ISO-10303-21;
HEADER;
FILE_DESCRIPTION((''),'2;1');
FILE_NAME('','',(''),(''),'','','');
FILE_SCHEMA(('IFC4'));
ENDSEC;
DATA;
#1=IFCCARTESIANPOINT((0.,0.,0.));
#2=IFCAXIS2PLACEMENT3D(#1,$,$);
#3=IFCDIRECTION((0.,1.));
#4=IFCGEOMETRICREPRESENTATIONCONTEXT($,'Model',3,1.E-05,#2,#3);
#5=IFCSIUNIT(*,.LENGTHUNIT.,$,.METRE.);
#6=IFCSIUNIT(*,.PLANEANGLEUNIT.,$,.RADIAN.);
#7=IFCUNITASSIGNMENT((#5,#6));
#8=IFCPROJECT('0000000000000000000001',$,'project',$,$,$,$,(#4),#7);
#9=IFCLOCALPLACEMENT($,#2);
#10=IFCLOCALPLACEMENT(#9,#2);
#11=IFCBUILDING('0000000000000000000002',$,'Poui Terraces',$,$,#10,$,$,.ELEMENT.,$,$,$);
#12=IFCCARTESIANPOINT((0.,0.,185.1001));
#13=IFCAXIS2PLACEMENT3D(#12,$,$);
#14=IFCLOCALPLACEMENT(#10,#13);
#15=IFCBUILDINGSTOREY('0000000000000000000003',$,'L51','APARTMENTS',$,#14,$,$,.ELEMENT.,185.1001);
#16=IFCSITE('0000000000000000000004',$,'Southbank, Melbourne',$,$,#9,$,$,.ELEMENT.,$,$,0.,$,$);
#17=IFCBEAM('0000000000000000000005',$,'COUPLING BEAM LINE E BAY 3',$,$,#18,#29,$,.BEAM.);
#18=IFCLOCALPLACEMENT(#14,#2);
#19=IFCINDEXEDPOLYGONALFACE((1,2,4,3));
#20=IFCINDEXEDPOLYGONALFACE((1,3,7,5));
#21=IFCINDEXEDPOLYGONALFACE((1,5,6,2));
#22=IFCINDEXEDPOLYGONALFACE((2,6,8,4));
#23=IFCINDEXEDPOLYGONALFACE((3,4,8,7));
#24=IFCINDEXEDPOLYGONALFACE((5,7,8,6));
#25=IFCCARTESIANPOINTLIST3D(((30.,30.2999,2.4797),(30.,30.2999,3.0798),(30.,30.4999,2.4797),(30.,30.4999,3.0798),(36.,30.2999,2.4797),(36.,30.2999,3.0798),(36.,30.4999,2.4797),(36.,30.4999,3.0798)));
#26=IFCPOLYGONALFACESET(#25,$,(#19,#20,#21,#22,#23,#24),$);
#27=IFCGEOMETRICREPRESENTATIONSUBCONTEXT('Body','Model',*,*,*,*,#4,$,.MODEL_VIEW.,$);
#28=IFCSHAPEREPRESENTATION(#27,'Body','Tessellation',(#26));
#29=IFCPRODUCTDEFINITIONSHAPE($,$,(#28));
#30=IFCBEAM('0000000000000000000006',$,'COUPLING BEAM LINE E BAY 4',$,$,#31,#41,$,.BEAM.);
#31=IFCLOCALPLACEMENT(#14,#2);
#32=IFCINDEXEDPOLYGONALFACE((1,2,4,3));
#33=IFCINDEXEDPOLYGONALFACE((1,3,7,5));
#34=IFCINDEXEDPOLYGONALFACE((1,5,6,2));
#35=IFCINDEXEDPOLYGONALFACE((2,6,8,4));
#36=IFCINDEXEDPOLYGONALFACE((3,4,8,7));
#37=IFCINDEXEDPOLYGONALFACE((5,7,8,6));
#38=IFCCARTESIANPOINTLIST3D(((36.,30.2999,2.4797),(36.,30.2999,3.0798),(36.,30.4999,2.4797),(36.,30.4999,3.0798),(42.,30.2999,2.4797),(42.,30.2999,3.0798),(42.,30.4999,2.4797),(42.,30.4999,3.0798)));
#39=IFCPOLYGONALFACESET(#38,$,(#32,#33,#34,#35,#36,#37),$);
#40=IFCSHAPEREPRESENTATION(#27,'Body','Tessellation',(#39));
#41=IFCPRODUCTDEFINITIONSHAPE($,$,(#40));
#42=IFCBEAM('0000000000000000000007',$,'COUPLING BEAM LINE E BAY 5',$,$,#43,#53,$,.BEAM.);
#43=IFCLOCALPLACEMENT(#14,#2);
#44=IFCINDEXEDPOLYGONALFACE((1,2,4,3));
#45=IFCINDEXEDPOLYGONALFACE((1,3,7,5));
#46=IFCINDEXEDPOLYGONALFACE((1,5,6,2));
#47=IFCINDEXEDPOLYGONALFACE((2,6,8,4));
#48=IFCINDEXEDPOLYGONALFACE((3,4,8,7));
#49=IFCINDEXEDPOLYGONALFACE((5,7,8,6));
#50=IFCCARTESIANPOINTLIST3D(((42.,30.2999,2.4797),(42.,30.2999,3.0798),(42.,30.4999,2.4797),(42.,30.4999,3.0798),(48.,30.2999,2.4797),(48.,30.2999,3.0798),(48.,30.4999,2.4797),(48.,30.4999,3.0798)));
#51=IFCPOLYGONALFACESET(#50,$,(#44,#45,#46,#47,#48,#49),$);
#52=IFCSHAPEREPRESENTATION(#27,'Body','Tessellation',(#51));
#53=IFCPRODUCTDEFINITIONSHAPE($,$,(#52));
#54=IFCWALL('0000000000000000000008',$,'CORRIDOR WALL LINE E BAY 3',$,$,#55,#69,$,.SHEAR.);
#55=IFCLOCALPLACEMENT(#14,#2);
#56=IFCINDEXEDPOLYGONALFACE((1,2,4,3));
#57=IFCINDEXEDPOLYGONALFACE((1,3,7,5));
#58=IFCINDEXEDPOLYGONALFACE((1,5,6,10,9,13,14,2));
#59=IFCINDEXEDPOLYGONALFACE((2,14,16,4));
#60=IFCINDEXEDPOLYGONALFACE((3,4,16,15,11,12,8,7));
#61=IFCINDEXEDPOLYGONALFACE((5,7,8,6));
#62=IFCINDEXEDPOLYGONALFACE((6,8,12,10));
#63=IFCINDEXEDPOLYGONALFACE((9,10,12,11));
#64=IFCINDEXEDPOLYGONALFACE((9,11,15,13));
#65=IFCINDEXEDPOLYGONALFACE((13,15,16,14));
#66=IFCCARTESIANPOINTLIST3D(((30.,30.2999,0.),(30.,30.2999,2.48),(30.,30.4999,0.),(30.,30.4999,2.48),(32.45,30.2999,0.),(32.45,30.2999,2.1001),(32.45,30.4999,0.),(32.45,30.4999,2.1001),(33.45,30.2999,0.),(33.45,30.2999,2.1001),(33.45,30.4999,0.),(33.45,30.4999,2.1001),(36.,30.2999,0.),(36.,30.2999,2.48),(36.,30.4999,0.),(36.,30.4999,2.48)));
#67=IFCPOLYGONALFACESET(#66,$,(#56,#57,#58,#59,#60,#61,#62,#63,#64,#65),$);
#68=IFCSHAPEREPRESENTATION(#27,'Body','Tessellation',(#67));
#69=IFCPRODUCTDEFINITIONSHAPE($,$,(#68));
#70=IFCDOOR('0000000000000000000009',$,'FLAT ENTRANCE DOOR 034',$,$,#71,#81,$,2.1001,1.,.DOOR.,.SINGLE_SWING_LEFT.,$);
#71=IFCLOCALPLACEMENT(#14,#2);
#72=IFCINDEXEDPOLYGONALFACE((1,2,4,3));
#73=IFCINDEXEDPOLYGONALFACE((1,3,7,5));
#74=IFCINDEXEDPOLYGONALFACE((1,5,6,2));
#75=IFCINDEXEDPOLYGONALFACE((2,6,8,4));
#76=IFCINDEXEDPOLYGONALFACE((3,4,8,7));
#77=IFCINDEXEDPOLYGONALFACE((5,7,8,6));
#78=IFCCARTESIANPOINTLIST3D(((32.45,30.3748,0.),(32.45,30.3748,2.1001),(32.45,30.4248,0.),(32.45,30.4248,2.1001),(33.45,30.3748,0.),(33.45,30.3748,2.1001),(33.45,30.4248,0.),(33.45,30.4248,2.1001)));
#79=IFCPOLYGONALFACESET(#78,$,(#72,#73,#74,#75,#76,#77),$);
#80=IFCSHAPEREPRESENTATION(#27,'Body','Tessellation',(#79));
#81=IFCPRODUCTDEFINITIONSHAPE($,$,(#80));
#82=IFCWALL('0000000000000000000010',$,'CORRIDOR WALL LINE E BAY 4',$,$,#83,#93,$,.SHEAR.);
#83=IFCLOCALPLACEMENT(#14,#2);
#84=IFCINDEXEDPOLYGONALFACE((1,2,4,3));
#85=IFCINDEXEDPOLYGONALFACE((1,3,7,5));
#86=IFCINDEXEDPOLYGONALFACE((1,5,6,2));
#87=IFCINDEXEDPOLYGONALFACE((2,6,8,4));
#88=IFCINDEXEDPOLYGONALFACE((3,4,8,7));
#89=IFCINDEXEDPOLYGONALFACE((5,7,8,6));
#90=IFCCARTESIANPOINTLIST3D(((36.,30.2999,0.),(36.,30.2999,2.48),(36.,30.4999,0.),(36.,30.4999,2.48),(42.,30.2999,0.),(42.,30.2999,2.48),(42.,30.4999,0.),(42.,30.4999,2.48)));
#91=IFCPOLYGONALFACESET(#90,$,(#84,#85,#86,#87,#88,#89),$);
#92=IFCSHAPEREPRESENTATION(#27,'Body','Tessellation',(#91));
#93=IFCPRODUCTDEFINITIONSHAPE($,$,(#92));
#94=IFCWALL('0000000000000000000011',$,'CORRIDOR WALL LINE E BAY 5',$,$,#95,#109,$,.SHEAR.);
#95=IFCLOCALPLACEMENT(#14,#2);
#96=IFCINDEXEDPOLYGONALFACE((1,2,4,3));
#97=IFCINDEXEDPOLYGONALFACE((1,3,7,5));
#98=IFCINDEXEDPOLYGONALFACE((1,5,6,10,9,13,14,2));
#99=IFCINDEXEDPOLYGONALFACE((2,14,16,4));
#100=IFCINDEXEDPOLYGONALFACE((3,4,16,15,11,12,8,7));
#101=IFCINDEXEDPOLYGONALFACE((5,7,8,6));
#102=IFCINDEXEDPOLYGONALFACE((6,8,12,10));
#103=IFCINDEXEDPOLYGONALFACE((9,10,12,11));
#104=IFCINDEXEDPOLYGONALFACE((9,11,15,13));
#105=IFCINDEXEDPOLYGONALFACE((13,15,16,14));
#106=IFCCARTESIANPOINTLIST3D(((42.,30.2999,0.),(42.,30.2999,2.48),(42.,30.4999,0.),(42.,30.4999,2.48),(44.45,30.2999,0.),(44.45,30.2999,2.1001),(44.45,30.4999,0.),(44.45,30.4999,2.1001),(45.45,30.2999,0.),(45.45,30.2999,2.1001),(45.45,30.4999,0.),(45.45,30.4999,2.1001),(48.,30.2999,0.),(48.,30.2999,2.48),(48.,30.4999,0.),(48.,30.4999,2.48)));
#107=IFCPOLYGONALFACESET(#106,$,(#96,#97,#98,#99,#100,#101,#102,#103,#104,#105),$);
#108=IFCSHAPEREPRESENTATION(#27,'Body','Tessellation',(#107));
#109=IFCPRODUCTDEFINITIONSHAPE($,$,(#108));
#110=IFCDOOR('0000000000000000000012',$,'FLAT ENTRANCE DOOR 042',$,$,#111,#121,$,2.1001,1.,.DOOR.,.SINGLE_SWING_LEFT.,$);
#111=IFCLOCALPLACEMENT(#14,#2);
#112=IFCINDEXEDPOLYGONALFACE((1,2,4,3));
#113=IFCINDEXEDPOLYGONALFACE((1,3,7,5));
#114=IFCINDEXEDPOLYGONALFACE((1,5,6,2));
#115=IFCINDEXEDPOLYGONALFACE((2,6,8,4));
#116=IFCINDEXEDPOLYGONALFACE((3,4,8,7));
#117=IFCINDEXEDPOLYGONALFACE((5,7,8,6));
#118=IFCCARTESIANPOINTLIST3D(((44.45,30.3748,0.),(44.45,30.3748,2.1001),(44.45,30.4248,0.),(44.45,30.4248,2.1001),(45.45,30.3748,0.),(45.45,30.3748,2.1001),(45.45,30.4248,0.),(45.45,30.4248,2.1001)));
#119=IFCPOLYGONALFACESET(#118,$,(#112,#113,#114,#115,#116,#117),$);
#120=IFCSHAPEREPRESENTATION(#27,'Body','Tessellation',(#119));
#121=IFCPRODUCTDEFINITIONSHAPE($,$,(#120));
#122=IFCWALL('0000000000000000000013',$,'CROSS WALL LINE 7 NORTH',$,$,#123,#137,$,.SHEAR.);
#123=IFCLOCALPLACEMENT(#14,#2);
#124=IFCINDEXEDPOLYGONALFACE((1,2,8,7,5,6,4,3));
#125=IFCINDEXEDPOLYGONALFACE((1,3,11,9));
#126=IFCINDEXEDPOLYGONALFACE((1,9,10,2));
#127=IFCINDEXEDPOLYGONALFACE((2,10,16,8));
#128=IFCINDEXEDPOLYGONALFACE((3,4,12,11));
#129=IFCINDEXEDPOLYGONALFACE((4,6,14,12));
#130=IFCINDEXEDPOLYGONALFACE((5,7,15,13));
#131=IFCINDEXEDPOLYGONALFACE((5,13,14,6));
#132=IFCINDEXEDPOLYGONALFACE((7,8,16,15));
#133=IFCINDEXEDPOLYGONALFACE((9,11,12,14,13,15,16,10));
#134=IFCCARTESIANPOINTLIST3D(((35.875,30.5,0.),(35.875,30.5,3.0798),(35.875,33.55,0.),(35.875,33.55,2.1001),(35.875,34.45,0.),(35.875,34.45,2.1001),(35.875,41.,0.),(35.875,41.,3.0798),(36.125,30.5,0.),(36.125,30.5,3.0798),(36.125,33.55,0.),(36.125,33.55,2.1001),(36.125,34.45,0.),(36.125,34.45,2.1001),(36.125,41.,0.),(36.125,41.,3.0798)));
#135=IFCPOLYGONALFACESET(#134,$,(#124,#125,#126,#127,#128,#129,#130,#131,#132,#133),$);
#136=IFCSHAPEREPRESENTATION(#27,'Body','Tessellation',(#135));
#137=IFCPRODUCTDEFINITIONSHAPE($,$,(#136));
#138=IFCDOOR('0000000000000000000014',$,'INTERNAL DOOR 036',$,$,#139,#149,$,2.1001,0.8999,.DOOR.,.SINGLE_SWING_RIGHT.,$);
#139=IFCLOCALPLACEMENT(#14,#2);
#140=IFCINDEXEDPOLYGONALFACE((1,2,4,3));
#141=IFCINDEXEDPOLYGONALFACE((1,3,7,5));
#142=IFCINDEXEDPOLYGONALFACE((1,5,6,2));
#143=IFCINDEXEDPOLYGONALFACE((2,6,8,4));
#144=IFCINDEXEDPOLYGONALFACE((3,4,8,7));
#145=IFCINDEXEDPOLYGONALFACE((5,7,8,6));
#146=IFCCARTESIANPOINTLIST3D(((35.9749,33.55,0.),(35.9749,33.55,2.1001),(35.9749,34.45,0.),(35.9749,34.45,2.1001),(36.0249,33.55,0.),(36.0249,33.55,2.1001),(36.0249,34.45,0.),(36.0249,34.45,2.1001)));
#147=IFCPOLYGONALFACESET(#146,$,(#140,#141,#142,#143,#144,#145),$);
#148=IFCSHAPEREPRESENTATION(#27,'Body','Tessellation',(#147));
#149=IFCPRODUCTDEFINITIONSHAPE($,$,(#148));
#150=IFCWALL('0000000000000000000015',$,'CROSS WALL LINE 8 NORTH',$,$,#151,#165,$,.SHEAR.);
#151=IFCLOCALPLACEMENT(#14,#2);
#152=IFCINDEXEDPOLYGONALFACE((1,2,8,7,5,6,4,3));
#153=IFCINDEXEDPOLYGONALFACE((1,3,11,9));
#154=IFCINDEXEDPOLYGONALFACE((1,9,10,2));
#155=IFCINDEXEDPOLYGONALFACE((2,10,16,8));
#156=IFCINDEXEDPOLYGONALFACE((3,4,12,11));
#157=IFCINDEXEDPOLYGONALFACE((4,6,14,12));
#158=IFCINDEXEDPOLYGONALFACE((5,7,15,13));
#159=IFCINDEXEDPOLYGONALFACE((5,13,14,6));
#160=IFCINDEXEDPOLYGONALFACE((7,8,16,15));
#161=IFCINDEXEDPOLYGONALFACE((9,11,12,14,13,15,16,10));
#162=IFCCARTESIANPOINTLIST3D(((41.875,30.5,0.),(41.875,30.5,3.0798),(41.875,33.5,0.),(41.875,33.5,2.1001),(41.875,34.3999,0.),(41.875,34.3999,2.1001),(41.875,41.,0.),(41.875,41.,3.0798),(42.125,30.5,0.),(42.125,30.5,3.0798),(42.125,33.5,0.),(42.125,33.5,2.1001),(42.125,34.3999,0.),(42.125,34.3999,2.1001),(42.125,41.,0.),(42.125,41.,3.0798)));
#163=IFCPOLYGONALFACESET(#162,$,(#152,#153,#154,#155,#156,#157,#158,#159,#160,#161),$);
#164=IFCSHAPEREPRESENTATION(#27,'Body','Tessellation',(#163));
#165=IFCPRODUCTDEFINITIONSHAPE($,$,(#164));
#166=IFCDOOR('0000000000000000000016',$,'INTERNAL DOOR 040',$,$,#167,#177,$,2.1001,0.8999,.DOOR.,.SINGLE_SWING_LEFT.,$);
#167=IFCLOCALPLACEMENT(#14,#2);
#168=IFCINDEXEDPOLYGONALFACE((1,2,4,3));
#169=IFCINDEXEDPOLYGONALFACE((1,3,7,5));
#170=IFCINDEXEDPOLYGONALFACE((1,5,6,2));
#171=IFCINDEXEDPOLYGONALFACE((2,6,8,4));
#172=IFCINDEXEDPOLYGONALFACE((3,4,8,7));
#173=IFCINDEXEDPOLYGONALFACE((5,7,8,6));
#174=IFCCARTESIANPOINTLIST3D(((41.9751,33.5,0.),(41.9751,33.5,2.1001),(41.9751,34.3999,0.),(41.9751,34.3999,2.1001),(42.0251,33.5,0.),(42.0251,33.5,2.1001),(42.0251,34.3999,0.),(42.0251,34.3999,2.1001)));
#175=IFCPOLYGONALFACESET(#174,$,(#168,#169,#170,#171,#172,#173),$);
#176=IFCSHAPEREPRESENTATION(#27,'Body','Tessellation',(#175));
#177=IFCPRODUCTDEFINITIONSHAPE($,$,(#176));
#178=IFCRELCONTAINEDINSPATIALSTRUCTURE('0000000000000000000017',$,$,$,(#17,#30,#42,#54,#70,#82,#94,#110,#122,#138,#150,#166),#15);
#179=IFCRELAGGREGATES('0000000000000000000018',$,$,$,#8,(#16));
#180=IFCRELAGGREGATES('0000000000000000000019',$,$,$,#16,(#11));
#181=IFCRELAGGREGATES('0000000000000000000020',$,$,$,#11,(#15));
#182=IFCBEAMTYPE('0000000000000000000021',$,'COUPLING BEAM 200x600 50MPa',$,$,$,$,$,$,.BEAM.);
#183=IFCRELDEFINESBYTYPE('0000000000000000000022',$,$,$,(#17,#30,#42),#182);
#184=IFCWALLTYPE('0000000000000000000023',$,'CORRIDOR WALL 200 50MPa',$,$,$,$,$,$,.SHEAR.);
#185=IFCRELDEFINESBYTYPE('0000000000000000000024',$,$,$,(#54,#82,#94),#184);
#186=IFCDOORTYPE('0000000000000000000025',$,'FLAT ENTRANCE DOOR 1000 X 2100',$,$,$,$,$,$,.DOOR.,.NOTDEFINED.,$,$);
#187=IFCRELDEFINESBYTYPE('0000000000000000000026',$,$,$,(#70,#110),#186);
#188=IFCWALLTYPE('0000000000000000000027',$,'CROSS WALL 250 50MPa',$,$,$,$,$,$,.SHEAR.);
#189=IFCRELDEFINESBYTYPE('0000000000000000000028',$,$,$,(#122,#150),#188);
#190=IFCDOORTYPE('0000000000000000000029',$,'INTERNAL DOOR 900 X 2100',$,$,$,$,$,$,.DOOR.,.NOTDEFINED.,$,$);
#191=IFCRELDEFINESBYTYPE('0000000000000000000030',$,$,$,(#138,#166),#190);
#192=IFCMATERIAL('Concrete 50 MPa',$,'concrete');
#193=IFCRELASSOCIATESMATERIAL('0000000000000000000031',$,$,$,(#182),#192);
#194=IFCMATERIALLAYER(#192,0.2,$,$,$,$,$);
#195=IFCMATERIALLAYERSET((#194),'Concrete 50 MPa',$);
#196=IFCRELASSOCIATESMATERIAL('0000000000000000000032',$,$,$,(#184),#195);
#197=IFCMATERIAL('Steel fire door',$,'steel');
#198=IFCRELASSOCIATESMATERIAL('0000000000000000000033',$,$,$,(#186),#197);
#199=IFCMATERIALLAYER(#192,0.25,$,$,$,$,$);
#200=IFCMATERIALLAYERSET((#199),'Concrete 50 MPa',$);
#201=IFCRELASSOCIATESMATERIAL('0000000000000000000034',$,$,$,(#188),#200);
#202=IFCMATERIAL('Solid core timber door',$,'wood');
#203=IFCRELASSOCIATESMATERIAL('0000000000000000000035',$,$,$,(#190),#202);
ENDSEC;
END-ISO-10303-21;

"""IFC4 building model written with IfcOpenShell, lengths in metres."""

from ifc_helpers import new_model, si_unit, direction, frame, frame_2d, origin, origin_2d, place, context, subcontext, project, spatial, rectangle, extrude, source, transform, mapped, material, layer, layer_set, material_profile, profile_set, type_object, element, fill, save


model = new_model("IFC4")

# Units and contexts
model_context = context("Model", 3, precision=1e-05, world=origin(), true_north=direction((0.0, 1.0)))
body_context = subcontext(model_context, "Body", "Model", "MODEL_VIEW")
ifc_project = project(units=[si_unit("LENGTHUNIT", "METRE"), si_unit("PLANEANGLEUNIT", "RADIAN")], contexts=[model_context])

# Site, building, storey
site_placement = place(None, origin())
site = spatial("IfcSite", under=ifc_project, at=site_placement, Name="Southbank, Melbourne", CompositionType="ELEMENT", RefElevation=0.0)
building_placement = place(site_placement, origin())
building = spatial("IfcBuilding", under=site, at=building_placement, Name="Poui Terraces", CompositionType="ELEMENT")
storey_placement = place(building_placement, frame((0.0, 0.0, 185.1001)))
storey = spatial("IfcBuildingStorey", under=building, at=storey_placement, Name="L51", Description="APARTMENTS", CompositionType="ELEMENT", Elevation=185.1001)

# Beams
ifc_material_1 = material(Name="Concrete 50 MPa", Category="concrete")
ifc_material_profile = material_profile(ifc_material_1, rectangle(XDim=0.2, YDim=0.6001, at=origin_2d()), Name="RC 200x600")
ifc_profile_set = profile_set([ifc_material_profile], Name="Concrete 50 MPa")
beam_type = type_object("IfcBeamType", Name="COUPLING BEAM 200x600 50MPa", PredefinedType="BEAM", material=ifc_profile_set)
shared_shape = source(origin(), body_context, "Body", "SweptSolid", [
    extrude(rectangle(XDim=0.2, YDim=0.6001, at=origin_2d()), origin(), (0.0, 0.0, 1.0), 6.0),
])
for number, where, z_axis, x_axis, name in (
    (1, (30.0, 30.3999, 2.7798), (1.0, 0.0, 0.0), (0.0, 1.0, 0.0), "COUPLING BEAM LINE E BAY 3"),
    (2, (36.0, 30.3999, 2.7798), (1.0, 0.0, 0.0), (0.0, 1.0, 0.0), "COUPLING BEAM LINE E BAY 4"),
    (3, (42.0, 30.3999, 2.7798), (1.0, 0.0, 0.0), (0.0, 1.0, 0.0), "COUPLING BEAM LINE E BAY 5"),
):
    element("IfcBeam", number, at=place(storey_placement, frame(where, z_axis=z_axis, x_axis=x_axis)), inside=storey, type_object=beam_type, Name=name, PredefinedType="BEAM", context=body_context, shape_type="MappedRepresentation", body=[
        mapped(shared_shape, transform((0.0, 0.0, 0.0))),
    ])

# Wall, opening, door
ifc_layer_1 = layer(ifc_material_1, 0.2)
ifc_layer_set_1 = layer_set([ifc_layer_1], Name="Concrete 50 MPa")
wall_type_1 = type_object("IfcWallType", Name="CORRIDOR WALL 200 50MPa", PredefinedType="SHEAR", material=ifc_layer_set_1)
wall_1_placement = place(storey_placement, frame((30.0, 30.3999, 0.0), z_axis=(0.0, 0.0, 1.0), x_axis=(1.0, 0.0, 0.0)))
wall_1 = element("IfcWall", 4, at=wall_1_placement, inside=storey, type_object=wall_type_1, Name="CORRIDOR WALL LINE E BAY 3", PredefinedType="SHEAR", context=body_context, shape_type="SweptSolid", body=[
    extrude(rectangle(XDim=6.0, YDim=0.2, at=frame_2d((3.0, 0.0))), origin(), (0.0, 0.0, 1.0), 2.48),
])
opening_1_placement = place(wall_1_placement, frame((2.45, 0.0, 0.0)))
opening_1 = element("IfcOpeningElement", 5, at=opening_1_placement, cuts=wall_1, PredefinedType="OPENING", context=body_context, shape_type="SweptSolid", body=[
    extrude(rectangle(XDim=1.0, YDim=2.1001, at=frame_2d((0.5, 1.05))), frame((0.0, 0.1099, 0.0), z_axis=(0.0, -1.0, 0.0), x_axis=(1.0, 0.0, 0.0)), (0.0, 0.0, 1.0), 0.22),
])
ifc_material_2 = material(Name="Steel fire door", Category="steel")
door_type_1 = type_object("IfcDoorType", Name="FLAT ENTRANCE DOOR 1000 X 2100", OperationType="NOTDEFINED", PredefinedType="DOOR", material=ifc_material_2)
door_1_placement = place(opening_1_placement, origin())
door_1 = element("IfcDoor", 6, at=door_1_placement, inside=storey, type_object=door_type_1, Name="FLAT ENTRANCE DOOR 034", OperationType="SINGLE_SWING_LEFT", OverallHeight=2.1001, OverallWidth=1.0, PredefinedType="DOOR", context=body_context, shape_type="SweptSolid", body=[
    extrude(rectangle(XDim=1.0, YDim=2.1001, at=frame_2d((0.5, 1.05))), frame((0.0, 0.0249, 0.0), z_axis=(0.0, -1.0, 0.0), x_axis=(1.0, 0.0, 0.0)), (0.0, 0.0, 1.0), 0.05),
])
fill(opening_1, door_1)

# Wall
wall_2_placement = place(storey_placement, frame((36.0, 30.3999, 0.0), z_axis=(0.0, 0.0, 1.0), x_axis=(1.0, 0.0, 0.0)))
element("IfcWall", 7, at=wall_2_placement, inside=storey, type_object=wall_type_1, Name="CORRIDOR WALL LINE E BAY 4", PredefinedType="SHEAR", context=body_context, shape_type="SweptSolid", body=[
    extrude(rectangle(XDim=6.0, YDim=0.2, at=frame_2d((3.0, 0.0))), origin(), (0.0, 0.0, 1.0), 2.48),
])

# Walls, openings, doors
wall_3_placement = place(storey_placement, frame((42.0, 30.3999, 0.0), z_axis=(0.0, 0.0, 1.0), x_axis=(1.0, 0.0, 0.0)))
wall_3 = element("IfcWall", 8, at=wall_3_placement, inside=storey, type_object=wall_type_1, Name="CORRIDOR WALL LINE E BAY 5", PredefinedType="SHEAR", context=body_context, shape_type="SweptSolid", body=[
    extrude(rectangle(XDim=6.0, YDim=0.2, at=frame_2d((3.0, 0.0))), origin(), (0.0, 0.0, 1.0), 2.48),
])
opening_2_placement = place(wall_3_placement, frame((2.45, 0.0, 0.0)))
opening_2 = element("IfcOpeningElement", 9, at=opening_2_placement, cuts=wall_3, PredefinedType="OPENING", context=body_context, shape_type="SweptSolid", body=[
    extrude(rectangle(XDim=1.0, YDim=2.1001, at=frame_2d((0.5, 1.05))), frame((0.0, 0.1099, 0.0), z_axis=(0.0, -1.0, 0.0), x_axis=(1.0, 0.0, 0.0)), (0.0, 0.0, 1.0), 0.22),
])
door_2_placement = place(opening_2_placement, origin())
door_2 = element("IfcDoor", 10, at=door_2_placement, inside=storey, type_object=door_type_1, Name="FLAT ENTRANCE DOOR 042", OperationType="SINGLE_SWING_LEFT", OverallHeight=2.1001, OverallWidth=1.0, PredefinedType="DOOR", context=body_context, shape_type="SweptSolid", body=[
    extrude(rectangle(XDim=1.0, YDim=2.1001, at=frame_2d((0.5, 1.05))), frame((0.0, 0.0249, 0.0), z_axis=(0.0, -1.0, 0.0), x_axis=(1.0, 0.0, 0.0)), (0.0, 0.0, 1.0), 0.05),
])
fill(opening_2, door_2)
ifc_layer_2 = layer(ifc_material_1, 0.25)
ifc_layer_set_2 = layer_set([ifc_layer_2], Name="Concrete 50 MPa")
wall_type_2 = type_object("IfcWallType", Name="CROSS WALL 250 50MPa", PredefinedType="SHEAR", material=ifc_layer_set_2)
wall_4_placement = place(storey_placement, frame((36.0, 30.5, 0.0), z_axis=(0.0, 0.0, 1.0), x_axis=(0.0, 1.0, 0.0)))
wall_4 = element("IfcWall", 11, at=wall_4_placement, inside=storey, type_object=wall_type_2, Name="CROSS WALL LINE 7 NORTH", PredefinedType="SHEAR", context=body_context, shape_type="SweptSolid", body=[
    extrude(rectangle(XDim=10.5, YDim=0.25, at=frame_2d((5.25, 0.0))), origin(), (0.0, 0.0, 1.0), 3.0798),
])
opening_3_placement = place(wall_4_placement, frame((3.05, 0.0, 0.0)))
opening_3 = element("IfcOpeningElement", 12, at=opening_3_placement, cuts=wall_4, PredefinedType="OPENING", context=body_context, shape_type="SweptSolid", body=[
    extrude(rectangle(XDim=0.8999, YDim=2.1001, at=frame_2d((0.45, 1.05))), frame((0.0, 0.135, 0.0), z_axis=(0.0, -1.0, 0.0), x_axis=(1.0, 0.0, 0.0)), (0.0, 0.0, 1.0), 0.27),
])
ifc_material_3 = material(Name="Solid core timber door", Category="wood")
door_type_2 = type_object("IfcDoorType", Name="INTERNAL DOOR 900 X 2100", OperationType="NOTDEFINED", PredefinedType="DOOR", material=ifc_material_3)
door_3_placement = place(opening_3_placement, frame((0.8999, 0.0, 0.0), z_axis=(0.0, 0.0, 1.0), x_axis=(-1.0, 0.0, 0.0)))
door_3 = element("IfcDoor", 13, at=door_3_placement, inside=storey, type_object=door_type_2, Name="INTERNAL DOOR 036", OperationType="SINGLE_SWING_RIGHT", OverallHeight=2.1001, OverallWidth=0.8999, PredefinedType="DOOR", context=body_context, shape_type="SweptSolid", body=[
    extrude(rectangle(XDim=0.8999, YDim=2.1001, at=frame_2d((0.45, 1.05))), frame((0.0, 0.0249, 0.0), z_axis=(0.0, -1.0, 0.0), x_axis=(1.0, 0.0, 0.0)), (0.0, 0.0, 1.0), 0.05),
])
fill(opening_3, door_3)
wall_5_placement = place(storey_placement, frame((42.0, 30.5, 0.0), z_axis=(0.0, 0.0, 1.0), x_axis=(0.0, 1.0, 0.0)))
wall_5 = element("IfcWall", 14, at=wall_5_placement, inside=storey, type_object=wall_type_2, Name="CROSS WALL LINE 8 NORTH", PredefinedType="SHEAR", context=body_context, shape_type="SweptSolid", body=[
    extrude(rectangle(XDim=10.5, YDim=0.25, at=frame_2d((5.25, 0.0))), origin(), (0.0, 0.0, 1.0), 3.0798),
])
opening_4_placement = place(wall_5_placement, frame((3.0, 0.0, 0.0)))
opening_4 = element("IfcOpeningElement", 15, at=opening_4_placement, cuts=wall_5, PredefinedType="OPENING", context=body_context, shape_type="SweptSolid", body=[
    extrude(rectangle(XDim=0.8999, YDim=2.1001, at=frame_2d((0.45, 1.05))), frame((0.0, 0.135, 0.0), z_axis=(0.0, -1.0, 0.0), x_axis=(1.0, 0.0, 0.0)), (0.0, 0.0, 1.0), 0.27),
])
door_4_placement = place(opening_4_placement, origin())
door_4 = element("IfcDoor", 16, at=door_4_placement, inside=storey, type_object=door_type_2, Name="INTERNAL DOOR 040", OperationType="SINGLE_SWING_LEFT", OverallHeight=2.1001, OverallWidth=0.8999, PredefinedType="DOOR", context=body_context, shape_type="SweptSolid", body=[
    extrude(rectangle(XDim=0.8999, YDim=2.1001, at=frame_2d((0.45, 1.05))), frame((0.0, 0.0249, 0.0), z_axis=(0.0, -1.0, 0.0), x_axis=(1.0, 0.0, 0.0)), (0.0, 0.0, 1.0), 0.05),
])
fill(opening_4, door_4)

save(model, "model.ifc")
